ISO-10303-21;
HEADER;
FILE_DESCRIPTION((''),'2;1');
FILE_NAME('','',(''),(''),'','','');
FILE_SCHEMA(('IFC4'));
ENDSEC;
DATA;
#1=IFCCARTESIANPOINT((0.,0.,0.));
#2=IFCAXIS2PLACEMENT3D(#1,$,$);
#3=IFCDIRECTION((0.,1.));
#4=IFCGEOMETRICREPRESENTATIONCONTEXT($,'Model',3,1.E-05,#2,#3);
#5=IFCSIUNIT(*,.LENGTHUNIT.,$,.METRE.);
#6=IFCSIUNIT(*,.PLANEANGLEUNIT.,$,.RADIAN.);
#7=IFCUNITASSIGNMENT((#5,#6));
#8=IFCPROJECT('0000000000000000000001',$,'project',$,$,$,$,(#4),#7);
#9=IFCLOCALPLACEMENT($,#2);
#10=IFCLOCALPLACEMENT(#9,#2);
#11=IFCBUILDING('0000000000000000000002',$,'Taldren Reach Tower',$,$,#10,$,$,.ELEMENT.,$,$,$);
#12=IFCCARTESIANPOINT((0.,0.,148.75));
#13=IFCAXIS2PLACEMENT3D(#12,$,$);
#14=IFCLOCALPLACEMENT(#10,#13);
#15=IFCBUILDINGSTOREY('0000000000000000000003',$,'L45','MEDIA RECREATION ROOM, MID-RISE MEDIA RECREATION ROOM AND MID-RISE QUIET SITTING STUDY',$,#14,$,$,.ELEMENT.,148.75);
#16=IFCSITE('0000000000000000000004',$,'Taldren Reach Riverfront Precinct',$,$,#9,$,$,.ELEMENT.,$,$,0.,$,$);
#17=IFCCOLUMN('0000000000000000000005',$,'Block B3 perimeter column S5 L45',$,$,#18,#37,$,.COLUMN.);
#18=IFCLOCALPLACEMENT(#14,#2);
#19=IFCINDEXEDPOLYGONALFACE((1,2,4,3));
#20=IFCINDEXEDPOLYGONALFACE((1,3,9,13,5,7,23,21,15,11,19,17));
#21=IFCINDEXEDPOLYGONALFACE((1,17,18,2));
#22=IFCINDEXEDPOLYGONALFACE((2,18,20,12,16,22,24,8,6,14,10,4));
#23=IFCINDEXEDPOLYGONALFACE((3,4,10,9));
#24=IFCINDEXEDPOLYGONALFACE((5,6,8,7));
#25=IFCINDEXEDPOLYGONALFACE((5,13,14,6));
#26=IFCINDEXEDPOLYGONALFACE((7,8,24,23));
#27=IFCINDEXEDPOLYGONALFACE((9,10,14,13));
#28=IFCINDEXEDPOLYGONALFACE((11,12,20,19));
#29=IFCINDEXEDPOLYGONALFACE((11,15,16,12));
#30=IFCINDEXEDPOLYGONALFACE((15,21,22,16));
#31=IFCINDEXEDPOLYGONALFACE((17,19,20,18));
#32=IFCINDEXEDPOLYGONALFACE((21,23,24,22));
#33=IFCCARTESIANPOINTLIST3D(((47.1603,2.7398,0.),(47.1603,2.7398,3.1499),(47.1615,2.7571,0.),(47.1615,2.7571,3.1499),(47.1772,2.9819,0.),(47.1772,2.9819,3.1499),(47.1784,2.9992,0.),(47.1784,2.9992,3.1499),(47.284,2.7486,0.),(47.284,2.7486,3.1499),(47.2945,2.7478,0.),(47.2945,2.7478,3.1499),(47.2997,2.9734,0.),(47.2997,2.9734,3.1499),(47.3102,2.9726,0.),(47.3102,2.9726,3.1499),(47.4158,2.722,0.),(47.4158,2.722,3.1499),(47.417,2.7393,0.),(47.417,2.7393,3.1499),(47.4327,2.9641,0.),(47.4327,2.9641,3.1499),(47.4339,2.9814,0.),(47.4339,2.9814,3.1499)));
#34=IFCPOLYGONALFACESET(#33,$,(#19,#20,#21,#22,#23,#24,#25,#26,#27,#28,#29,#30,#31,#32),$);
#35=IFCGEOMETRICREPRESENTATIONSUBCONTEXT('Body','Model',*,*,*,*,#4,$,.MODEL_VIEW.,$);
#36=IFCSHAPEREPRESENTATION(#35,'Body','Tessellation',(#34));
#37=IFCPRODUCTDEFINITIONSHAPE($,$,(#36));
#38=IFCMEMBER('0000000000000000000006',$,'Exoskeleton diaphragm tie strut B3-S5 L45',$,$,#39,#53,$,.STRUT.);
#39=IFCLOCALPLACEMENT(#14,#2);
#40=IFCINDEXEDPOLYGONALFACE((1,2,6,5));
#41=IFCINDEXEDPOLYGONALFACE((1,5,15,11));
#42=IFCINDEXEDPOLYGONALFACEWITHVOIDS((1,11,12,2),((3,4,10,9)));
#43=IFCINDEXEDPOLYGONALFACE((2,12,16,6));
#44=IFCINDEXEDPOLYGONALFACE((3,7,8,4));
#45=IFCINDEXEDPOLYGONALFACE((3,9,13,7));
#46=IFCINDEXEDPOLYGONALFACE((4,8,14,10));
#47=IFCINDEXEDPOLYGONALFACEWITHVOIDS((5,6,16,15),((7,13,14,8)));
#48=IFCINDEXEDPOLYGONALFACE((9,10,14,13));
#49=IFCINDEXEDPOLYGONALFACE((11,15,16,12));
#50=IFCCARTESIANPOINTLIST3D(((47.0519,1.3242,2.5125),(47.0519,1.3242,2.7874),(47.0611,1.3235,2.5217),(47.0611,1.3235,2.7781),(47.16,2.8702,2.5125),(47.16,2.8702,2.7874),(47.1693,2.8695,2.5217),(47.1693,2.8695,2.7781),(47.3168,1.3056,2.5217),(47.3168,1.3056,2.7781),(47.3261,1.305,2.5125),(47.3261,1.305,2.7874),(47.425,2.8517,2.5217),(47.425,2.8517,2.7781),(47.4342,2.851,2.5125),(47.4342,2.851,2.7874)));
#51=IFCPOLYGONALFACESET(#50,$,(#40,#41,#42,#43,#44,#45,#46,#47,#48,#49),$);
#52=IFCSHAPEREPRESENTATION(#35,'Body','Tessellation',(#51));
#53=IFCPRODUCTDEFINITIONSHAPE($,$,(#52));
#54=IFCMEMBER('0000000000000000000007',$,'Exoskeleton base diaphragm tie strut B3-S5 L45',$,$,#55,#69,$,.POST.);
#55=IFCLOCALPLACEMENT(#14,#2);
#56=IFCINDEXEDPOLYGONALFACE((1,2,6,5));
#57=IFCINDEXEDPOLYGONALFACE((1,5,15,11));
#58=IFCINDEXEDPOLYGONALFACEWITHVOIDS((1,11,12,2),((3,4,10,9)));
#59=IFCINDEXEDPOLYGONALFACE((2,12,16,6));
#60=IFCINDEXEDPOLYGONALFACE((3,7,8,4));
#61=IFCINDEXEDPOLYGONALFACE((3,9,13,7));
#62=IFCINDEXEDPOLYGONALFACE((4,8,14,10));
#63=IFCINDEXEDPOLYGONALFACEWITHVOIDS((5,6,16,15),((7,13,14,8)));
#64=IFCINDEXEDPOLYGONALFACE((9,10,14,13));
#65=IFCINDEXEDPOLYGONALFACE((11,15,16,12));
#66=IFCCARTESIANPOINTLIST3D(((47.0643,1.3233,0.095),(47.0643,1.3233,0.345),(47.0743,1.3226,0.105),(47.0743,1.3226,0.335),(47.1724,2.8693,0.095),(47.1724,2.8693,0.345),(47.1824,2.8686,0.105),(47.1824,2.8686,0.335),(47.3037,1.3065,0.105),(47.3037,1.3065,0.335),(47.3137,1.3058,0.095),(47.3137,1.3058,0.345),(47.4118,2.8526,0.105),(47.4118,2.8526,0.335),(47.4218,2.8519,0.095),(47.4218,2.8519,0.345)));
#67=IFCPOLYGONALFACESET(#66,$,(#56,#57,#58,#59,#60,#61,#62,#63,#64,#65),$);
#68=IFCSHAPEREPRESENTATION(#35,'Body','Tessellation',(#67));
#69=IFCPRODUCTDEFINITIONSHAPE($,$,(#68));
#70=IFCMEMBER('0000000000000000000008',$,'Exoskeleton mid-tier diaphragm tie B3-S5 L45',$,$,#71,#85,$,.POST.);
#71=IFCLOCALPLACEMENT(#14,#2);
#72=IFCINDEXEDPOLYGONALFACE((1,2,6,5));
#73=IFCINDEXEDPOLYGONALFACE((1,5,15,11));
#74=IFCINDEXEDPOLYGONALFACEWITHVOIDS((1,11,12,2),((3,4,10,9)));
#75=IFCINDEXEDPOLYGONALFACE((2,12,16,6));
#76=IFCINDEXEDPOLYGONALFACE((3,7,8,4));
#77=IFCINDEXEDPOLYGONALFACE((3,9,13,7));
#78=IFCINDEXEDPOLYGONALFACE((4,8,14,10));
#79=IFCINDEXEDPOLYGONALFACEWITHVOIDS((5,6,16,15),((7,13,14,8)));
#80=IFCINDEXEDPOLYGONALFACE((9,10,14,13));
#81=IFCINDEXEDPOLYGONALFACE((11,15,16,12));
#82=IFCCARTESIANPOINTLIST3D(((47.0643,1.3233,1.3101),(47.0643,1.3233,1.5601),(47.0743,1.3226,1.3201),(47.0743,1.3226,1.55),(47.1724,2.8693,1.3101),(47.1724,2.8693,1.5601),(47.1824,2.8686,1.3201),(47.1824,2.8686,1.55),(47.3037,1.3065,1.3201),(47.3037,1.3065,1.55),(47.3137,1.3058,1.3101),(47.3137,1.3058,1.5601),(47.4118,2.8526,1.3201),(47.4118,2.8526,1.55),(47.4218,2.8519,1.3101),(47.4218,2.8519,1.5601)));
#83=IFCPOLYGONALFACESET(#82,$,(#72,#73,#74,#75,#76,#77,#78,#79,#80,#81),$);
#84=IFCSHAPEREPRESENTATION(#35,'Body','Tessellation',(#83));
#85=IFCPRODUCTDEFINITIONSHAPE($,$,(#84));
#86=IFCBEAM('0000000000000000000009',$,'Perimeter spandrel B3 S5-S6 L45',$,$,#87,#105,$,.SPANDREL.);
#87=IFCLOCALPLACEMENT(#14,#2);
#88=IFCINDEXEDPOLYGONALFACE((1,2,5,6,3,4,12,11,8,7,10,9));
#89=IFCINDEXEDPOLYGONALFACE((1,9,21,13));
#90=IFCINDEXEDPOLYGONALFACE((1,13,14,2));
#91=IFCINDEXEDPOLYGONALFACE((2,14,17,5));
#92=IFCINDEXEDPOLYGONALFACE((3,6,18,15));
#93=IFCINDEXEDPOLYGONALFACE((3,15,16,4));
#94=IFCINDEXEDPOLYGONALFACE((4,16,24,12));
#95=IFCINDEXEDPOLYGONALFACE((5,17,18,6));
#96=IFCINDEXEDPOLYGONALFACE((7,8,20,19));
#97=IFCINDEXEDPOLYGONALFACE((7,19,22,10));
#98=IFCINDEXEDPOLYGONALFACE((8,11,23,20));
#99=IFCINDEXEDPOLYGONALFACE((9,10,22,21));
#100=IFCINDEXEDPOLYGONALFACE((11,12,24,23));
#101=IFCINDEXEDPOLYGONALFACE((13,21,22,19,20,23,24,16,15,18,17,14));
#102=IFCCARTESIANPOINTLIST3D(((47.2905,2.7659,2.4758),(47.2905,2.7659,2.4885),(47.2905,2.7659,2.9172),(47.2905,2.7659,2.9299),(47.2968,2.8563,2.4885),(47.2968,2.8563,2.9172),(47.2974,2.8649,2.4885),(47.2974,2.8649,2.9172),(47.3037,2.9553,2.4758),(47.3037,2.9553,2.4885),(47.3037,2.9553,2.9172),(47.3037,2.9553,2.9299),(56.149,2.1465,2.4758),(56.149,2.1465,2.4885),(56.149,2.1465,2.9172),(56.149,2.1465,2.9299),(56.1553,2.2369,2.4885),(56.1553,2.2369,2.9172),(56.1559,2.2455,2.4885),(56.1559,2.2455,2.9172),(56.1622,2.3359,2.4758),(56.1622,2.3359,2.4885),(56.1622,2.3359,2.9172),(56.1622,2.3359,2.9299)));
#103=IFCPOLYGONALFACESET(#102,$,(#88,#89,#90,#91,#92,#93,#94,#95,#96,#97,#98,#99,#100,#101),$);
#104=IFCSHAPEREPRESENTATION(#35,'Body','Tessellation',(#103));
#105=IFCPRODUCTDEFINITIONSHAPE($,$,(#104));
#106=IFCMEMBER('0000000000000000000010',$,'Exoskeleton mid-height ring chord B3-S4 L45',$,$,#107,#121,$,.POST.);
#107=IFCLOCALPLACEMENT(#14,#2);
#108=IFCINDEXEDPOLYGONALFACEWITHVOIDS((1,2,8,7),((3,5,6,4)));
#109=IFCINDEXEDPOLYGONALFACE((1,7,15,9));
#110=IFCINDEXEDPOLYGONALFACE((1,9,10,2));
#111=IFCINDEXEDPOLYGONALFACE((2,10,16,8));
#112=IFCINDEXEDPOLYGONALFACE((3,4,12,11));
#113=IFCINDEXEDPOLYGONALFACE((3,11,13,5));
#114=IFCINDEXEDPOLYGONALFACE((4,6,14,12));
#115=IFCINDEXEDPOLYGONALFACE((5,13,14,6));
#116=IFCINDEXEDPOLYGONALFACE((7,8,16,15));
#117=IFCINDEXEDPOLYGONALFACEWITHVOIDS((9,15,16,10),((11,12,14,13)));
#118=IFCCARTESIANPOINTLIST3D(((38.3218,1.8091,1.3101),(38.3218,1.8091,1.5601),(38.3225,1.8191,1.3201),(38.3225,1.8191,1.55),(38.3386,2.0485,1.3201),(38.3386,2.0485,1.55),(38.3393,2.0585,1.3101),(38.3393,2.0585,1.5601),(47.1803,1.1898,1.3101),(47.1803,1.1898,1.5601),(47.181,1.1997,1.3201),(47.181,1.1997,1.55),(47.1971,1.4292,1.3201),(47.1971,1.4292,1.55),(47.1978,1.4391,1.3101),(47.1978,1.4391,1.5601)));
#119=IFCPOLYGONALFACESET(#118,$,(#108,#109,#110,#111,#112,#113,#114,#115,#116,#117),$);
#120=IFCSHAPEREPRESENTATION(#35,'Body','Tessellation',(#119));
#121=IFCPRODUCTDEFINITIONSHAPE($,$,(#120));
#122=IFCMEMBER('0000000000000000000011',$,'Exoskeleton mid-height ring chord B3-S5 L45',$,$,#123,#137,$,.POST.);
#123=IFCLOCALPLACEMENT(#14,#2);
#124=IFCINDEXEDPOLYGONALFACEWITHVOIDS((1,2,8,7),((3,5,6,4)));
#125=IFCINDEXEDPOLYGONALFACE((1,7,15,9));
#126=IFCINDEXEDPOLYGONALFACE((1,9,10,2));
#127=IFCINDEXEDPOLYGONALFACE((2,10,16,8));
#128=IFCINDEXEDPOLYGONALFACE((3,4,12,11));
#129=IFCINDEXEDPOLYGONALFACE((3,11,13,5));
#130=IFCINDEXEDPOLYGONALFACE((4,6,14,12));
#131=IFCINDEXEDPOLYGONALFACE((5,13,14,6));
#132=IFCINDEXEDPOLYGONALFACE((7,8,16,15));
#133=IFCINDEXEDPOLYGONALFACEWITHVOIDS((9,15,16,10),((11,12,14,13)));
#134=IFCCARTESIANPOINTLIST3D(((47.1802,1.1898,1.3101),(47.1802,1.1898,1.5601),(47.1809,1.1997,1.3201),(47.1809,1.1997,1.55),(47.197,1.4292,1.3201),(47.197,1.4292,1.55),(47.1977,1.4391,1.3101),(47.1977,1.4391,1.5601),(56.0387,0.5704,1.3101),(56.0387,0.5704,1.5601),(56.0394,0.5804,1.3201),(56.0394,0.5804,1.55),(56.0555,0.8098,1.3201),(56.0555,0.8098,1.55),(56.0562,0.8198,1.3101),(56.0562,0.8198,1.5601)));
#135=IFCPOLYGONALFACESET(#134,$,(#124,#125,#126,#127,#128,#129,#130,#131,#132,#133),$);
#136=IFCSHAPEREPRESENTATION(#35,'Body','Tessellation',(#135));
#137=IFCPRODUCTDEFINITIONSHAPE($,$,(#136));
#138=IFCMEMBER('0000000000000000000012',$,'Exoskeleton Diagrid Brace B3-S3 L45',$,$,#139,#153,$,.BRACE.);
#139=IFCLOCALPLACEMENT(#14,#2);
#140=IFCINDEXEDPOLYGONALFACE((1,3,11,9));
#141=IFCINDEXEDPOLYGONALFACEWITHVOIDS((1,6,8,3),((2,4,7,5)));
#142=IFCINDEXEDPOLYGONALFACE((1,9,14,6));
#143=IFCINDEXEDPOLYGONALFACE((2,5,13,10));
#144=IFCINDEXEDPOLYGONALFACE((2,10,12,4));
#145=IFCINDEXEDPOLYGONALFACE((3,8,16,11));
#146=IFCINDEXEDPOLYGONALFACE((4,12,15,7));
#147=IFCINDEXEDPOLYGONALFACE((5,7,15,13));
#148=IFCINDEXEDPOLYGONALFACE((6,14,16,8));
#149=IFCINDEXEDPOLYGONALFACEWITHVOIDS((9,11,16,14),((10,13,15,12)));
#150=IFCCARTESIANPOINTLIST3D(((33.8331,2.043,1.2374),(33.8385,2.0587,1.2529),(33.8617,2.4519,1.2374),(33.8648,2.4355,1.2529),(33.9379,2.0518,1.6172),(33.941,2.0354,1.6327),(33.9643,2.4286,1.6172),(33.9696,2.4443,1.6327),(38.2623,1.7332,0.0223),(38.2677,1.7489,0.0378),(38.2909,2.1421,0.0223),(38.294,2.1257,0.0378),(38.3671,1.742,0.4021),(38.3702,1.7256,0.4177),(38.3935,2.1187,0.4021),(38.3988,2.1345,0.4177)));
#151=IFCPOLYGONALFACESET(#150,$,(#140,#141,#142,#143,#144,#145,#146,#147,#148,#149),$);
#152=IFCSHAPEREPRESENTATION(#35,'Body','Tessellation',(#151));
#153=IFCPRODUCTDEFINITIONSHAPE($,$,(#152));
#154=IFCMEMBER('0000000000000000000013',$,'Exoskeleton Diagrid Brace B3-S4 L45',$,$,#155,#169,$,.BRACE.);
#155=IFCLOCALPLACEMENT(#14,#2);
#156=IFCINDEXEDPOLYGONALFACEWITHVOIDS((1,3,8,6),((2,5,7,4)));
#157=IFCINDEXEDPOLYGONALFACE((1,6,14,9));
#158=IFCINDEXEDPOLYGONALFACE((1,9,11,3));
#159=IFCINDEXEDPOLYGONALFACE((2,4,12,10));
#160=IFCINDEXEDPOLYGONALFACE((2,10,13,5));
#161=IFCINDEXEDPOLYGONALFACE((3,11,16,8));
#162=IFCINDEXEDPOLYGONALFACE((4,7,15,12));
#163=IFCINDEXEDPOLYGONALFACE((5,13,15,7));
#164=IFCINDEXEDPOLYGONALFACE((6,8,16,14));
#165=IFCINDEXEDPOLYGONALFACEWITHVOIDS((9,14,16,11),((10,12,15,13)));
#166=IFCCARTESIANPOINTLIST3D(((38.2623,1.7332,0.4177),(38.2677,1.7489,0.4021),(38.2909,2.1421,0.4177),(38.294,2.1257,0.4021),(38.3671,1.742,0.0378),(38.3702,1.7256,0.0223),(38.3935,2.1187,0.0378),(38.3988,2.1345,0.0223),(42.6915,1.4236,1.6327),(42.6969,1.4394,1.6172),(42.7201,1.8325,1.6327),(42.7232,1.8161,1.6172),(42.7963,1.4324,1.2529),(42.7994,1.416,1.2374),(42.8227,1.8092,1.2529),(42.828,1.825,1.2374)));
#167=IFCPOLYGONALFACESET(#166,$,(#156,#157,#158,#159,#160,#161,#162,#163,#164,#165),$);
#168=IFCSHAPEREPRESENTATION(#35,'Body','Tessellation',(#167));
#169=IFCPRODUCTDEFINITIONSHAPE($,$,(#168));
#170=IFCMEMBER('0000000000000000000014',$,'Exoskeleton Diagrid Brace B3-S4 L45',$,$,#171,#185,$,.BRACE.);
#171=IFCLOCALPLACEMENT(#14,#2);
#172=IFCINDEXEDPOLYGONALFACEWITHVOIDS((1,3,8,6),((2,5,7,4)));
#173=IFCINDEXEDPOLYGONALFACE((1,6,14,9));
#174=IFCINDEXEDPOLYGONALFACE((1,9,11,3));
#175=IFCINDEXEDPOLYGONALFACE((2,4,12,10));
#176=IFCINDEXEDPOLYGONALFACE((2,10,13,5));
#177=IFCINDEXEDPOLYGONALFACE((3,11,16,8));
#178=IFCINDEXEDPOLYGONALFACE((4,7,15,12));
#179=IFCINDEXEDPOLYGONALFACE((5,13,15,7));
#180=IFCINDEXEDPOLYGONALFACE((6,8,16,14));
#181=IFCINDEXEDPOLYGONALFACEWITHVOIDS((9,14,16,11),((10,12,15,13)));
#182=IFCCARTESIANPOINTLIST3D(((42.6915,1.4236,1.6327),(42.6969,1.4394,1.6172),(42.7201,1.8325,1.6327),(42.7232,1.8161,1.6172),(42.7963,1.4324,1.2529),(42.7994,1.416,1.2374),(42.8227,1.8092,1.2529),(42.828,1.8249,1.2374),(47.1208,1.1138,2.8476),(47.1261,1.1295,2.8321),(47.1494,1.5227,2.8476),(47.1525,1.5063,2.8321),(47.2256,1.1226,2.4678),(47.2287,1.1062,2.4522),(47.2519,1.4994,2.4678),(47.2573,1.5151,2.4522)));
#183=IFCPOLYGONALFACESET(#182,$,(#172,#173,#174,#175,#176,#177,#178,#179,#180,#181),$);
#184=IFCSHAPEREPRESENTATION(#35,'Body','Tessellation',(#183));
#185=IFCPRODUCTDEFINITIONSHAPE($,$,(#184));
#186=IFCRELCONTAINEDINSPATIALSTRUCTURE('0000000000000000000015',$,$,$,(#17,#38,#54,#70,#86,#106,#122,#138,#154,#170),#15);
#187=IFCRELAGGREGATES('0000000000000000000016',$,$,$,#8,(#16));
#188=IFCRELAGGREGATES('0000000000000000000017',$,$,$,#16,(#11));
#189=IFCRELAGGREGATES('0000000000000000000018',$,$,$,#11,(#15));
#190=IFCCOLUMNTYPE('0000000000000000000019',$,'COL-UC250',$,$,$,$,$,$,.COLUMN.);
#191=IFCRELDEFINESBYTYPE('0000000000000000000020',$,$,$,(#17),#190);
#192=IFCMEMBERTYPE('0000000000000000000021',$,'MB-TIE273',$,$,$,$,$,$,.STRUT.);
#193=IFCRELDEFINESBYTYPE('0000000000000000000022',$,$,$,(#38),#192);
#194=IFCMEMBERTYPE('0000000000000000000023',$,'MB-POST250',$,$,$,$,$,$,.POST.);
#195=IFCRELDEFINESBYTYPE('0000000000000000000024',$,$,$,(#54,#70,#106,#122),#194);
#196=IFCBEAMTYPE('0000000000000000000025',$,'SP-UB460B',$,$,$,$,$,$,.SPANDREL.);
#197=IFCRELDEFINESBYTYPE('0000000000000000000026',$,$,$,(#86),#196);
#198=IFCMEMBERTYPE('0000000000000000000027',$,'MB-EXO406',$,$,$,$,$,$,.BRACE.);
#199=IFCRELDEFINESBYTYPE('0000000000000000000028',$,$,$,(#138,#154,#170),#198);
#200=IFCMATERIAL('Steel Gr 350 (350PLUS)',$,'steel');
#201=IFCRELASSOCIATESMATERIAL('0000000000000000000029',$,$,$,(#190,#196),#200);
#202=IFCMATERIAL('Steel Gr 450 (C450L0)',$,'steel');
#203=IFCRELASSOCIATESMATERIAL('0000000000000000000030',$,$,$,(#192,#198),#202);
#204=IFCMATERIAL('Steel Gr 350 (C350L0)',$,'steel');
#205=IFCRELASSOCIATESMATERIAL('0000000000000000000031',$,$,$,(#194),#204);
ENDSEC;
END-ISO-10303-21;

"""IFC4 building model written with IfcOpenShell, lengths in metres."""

from ifc_helpers import new_model, si_unit, direction, frame, origin, origin_2d, place, context, subcontext, project, spatial, hollow_rectangle, i_section, extrude, source, transform, mapped, material, material_profile, profile_set, type_object, element, save


model = new_model("IFC4")

# Units and contexts
model_context = context("Model", 3, precision=1e-05, world=origin(), true_north=direction((0.0, 1.0)))
body_context = subcontext(model_context, "Body", "Model", "MODEL_VIEW")
ifc_project = project(units=[si_unit("LENGTHUNIT", "METRE"), si_unit("PLANEANGLEUNIT", "RADIAN")], contexts=[model_context])

# Site, building, storey
site_placement = place(None, origin())
site = spatial("IfcSite", under=ifc_project, at=site_placement, Name="Taldren Reach Riverfront Precinct", CompositionType="ELEMENT", RefElevation=0.0)
building_placement = place(site_placement, origin())
building = spatial("IfcBuilding", under=site, at=building_placement, Name="Taldren Reach Tower", CompositionType="ELEMENT")
storey_placement = place(building_placement, frame((0.0, 0.0, 148.75)))
storey = spatial("IfcBuildingStorey", under=building, at=storey_placement, Name="L45", Description="MEDIA RECREATION ROOM, MID-RISE MEDIA RECREATION ROOM AND MID-RISE QUIET SITTING STUDY", CompositionType="ELEMENT", Elevation=148.75)

# Column
ifc_material_1 = material(Name="Steel Gr 350 (350PLUS)", Category="steel")
ifc_material_profile_1 = material_profile(ifc_material_1, i_section(OverallWidth=0.2561, OverallDepth=0.26, WebThickness=0.0105, FlangeThickness=0.0173, at=origin_2d()), Name="250UC89.5")
ifc_profile_set_1 = profile_set([ifc_material_profile_1], Name="Steel Gr 350 (350PLUS)")
column_type = type_object("IfcColumnType", Name="COL-UC250", PredefinedType="COLUMN", material=ifc_profile_set_1)
shared_shape_1 = source(origin(), body_context, "Body", "SweptSolid", [
    extrude(i_section(OverallWidth=0.2561, OverallDepth=0.26, WebThickness=0.0105, FlangeThickness=0.0173, at=origin_2d()), origin(), (0.0, 0.0, 1.0), 3.1499),
])
column_placement = place(storey_placement, frame((47.2971, 2.8606, 0.0), z_axis=(0.0, 0.0, 1.0), x_axis=(0.997564, -0.069756, 0.0)))
element("IfcColumn", 1, at=column_placement, inside=storey, type_object=column_type, Name="Block B3 perimeter column S5 L45", PredefinedType="COLUMN", context=body_context, shape_type="MappedRepresentation", body=[
    mapped(shared_shape_1, transform((0.0, 0.0, 0.0), scale=1.0)),
])

# Members
ifc_material_2 = material(Name="Steel Gr 450 (C450L0)", Category="steel")
ifc_material_profile_2 = material_profile(ifc_material_2, hollow_rectangle(XDim=0.2749, YDim=0.2749, WallThickness=0.0093, at=origin_2d()), Name="275x275x9.3SHS")
ifc_profile_set_2 = profile_set([ifc_material_profile_2], Name="Steel Gr 450 (C450L0)")
member_type_1 = type_object("IfcMemberType", Name="MB-TIE273", PredefinedType="STRUT", material=ifc_profile_set_2)
shared_shape_2 = source(origin(), body_context, "Body", "SweptSolid", [
    extrude(hollow_rectangle(XDim=0.2749, YDim=0.2749, WallThickness=0.0093, at=origin_2d()), origin(), (0.0, 0.0, 1.0), 1.5498),
])
member_1_placement = place(storey_placement, frame((47.2971, 2.8606, 2.6499), z_axis=(-0.069781, -0.997562, 0.0), x_axis=(0.997562, -0.069781, 0.0)))
element("IfcMember", 2, at=member_1_placement, inside=storey, type_object=member_type_1, Name="Exoskeleton diaphragm tie strut B3-S5 L45", PredefinedType="STRUT", context=body_context, shape_type="MappedRepresentation", body=[
    mapped(shared_shape_2, transform((0.0, 0.0, 0.0), scale=1.0)),
])
ifc_material_3 = material(Name="Steel Gr 350 (C350L0)", Category="steel")
ifc_material_profile_3 = material_profile(ifc_material_3, hollow_rectangle(XDim=0.25, YDim=0.25, WallThickness=0.01, at=origin_2d()), Name="250x250x10.0SHS")
ifc_profile_set_3 = profile_set([ifc_material_profile_3], Name="Steel Gr 350 (C350L0)")
member_type_2 = type_object("IfcMemberType", Name="MB-POST250", PredefinedType="POST", material=ifc_profile_set_3)
shared_shape_3 = source(origin(), body_context, "Body", "SweptSolid", [
    extrude(hollow_rectangle(XDim=0.25, YDim=0.25, WallThickness=0.01, at=origin_2d()), origin(), (0.0, 0.0, 1.0), 1.5498),
])
for number, where, z_axis, x_axis, name in (
    (3, (47.2971, 2.8606, 0.22), (-0.069781, -0.997562, 0.0), (0.997562, -0.069781, 0.0), "Exoskeleton base diaphragm tie strut B3-S5 L45"),
    (4, (47.2971, 2.8606, 1.4351), (-0.069781, -0.997562, 0.0), (0.997562, -0.069781, 0.0), "Exoskeleton mid-tier diaphragm tie B3-S5 L45"),
):
    element("IfcMember", number, at=place(storey_placement, frame(where, z_axis=z_axis, x_axis=x_axis)), inside=storey, type_object=member_type_2, Name=name, PredefinedType="POST", context=body_context, shape_type="MappedRepresentation", body=[
        mapped(shared_shape_3, transform((0.0, 0.0, 0.0), scale=1.0)),
    ])

# Beam
ifc_material_profile_4 = material_profile(ifc_material_1, i_section(OverallWidth=0.1899, OverallDepth=0.4541, WebThickness=0.0085, FlangeThickness=0.0127, at=origin_2d()), Name="460UB67.1")
ifc_profile_set_4 = profile_set([ifc_material_profile_4], Name="Steel Gr 350 (350PLUS)")
beam_type = type_object("IfcBeamType", Name="SP-UB460B", PredefinedType="SPANDREL", material=ifc_profile_set_4)
shared_shape_4 = source(origin(), body_context, "Body", "SweptSolid", [
    extrude(i_section(OverallWidth=0.1899, OverallDepth=0.4541, WebThickness=0.0085, FlangeThickness=0.0127, at=origin_2d()), origin(), (0.0, 0.0, 1.0), 8.8801),
])
beam_placement = place(storey_placement, frame((47.2971, 2.8606, 2.7029), z_axis=(0.997564, -0.06975, 0.0), x_axis=(0.06975, 0.997564, 0.0)))
element("IfcBeam", 5, at=beam_placement, inside=storey, type_object=beam_type, Name="Perimeter spandrel B3 S5-S6 L45", PredefinedType="SPANDREL", context=body_context, shape_type="MappedRepresentation", body=[
    mapped(shared_shape_4, transform((0.0, 0.0, 0.0), scale=1.0)),
])

# Members
shared_shape_5 = source(origin(), body_context, "Body", "SweptSolid", [
    extrude(hollow_rectangle(XDim=0.25, YDim=0.25, WallThickness=0.01, at=origin_2d()), origin(), (0.0, 0.0, 1.0), 8.8801),
])
for number, where, z_axis, x_axis, name in (
    (6, (38.3306, 1.9338, 1.4351), (0.997564, -0.06975, 0.0), (0.06975, 0.997564, 0.0), "Exoskeleton mid-height ring chord B3-S4 L45"),
    (7, (47.189, 1.3145, 1.4351), (0.997564, -0.06975, 0.0), (0.06975, 0.997564, 0.0), "Exoskeleton mid-height ring chord B3-S5 L45"),
):
    element("IfcMember", number, at=place(storey_placement, frame(where, z_axis=z_axis, x_axis=x_axis)), inside=storey, type_object=member_type_2, Name=name, PredefinedType="POST", context=body_context, shape_type="MappedRepresentation", body=[
        mapped(shared_shape_5, transform((0.0, 0.0, 0.0), scale=1.0)),
    ])
ifc_material_profile_5 = material_profile(ifc_material_2, hollow_rectangle(XDim=0.4099, YDim=0.4099, WallThickness=0.0161, at=origin_2d()), Name="410x410x16.0SHS")
ifc_profile_set_5 = profile_set([ifc_material_profile_5], Name="Steel Gr 450 (C450L0)")
member_type_3 = type_object("IfcMemberType", Name="MB-EXO406", PredefinedType="BRACE", material=ifc_profile_set_5)
shared_shape_6 = source(origin(), body_context, "Body", "SweptSolid", [
    extrude(hollow_rectangle(XDim=0.4099, YDim=0.4099, WallThickness=0.0161, at=origin_2d()), origin(), (0.0, 0.0, 1.0), 4.6033),
])
for number, where, z_axis, x_axis, name in (
    (8, (38.3306, 1.9338, 0.22), (-0.962182, 0.067303, 0.263961), (-0.069778, -0.997563, 0.0), "Exoskeleton Diagrid Brace B3-S3 L45"),
    (9, (38.3306, 1.9338, 0.22), (0.962186, -0.06725, 0.263962), (0.069723, 0.997566, 0.0), "Exoskeleton Diagrid Brace B3-S4 L45"),
    (10, (42.7598, 1.6243, 1.4351), (0.962196, -0.067304, 0.263912), (0.069778, 0.997563, 0.0), "Exoskeleton Diagrid Brace B3-S4 L45"),
):
    element("IfcMember", number, at=place(storey_placement, frame(where, z_axis=z_axis, x_axis=x_axis)), inside=storey, type_object=member_type_3, Name=name, PredefinedType="BRACE", context=body_context, shape_type="MappedRepresentation", body=[
        mapped(shared_shape_6, transform((0.0, 0.0, 0.0), scale=1.0)),
    ])

save(model, "model.ifc")
